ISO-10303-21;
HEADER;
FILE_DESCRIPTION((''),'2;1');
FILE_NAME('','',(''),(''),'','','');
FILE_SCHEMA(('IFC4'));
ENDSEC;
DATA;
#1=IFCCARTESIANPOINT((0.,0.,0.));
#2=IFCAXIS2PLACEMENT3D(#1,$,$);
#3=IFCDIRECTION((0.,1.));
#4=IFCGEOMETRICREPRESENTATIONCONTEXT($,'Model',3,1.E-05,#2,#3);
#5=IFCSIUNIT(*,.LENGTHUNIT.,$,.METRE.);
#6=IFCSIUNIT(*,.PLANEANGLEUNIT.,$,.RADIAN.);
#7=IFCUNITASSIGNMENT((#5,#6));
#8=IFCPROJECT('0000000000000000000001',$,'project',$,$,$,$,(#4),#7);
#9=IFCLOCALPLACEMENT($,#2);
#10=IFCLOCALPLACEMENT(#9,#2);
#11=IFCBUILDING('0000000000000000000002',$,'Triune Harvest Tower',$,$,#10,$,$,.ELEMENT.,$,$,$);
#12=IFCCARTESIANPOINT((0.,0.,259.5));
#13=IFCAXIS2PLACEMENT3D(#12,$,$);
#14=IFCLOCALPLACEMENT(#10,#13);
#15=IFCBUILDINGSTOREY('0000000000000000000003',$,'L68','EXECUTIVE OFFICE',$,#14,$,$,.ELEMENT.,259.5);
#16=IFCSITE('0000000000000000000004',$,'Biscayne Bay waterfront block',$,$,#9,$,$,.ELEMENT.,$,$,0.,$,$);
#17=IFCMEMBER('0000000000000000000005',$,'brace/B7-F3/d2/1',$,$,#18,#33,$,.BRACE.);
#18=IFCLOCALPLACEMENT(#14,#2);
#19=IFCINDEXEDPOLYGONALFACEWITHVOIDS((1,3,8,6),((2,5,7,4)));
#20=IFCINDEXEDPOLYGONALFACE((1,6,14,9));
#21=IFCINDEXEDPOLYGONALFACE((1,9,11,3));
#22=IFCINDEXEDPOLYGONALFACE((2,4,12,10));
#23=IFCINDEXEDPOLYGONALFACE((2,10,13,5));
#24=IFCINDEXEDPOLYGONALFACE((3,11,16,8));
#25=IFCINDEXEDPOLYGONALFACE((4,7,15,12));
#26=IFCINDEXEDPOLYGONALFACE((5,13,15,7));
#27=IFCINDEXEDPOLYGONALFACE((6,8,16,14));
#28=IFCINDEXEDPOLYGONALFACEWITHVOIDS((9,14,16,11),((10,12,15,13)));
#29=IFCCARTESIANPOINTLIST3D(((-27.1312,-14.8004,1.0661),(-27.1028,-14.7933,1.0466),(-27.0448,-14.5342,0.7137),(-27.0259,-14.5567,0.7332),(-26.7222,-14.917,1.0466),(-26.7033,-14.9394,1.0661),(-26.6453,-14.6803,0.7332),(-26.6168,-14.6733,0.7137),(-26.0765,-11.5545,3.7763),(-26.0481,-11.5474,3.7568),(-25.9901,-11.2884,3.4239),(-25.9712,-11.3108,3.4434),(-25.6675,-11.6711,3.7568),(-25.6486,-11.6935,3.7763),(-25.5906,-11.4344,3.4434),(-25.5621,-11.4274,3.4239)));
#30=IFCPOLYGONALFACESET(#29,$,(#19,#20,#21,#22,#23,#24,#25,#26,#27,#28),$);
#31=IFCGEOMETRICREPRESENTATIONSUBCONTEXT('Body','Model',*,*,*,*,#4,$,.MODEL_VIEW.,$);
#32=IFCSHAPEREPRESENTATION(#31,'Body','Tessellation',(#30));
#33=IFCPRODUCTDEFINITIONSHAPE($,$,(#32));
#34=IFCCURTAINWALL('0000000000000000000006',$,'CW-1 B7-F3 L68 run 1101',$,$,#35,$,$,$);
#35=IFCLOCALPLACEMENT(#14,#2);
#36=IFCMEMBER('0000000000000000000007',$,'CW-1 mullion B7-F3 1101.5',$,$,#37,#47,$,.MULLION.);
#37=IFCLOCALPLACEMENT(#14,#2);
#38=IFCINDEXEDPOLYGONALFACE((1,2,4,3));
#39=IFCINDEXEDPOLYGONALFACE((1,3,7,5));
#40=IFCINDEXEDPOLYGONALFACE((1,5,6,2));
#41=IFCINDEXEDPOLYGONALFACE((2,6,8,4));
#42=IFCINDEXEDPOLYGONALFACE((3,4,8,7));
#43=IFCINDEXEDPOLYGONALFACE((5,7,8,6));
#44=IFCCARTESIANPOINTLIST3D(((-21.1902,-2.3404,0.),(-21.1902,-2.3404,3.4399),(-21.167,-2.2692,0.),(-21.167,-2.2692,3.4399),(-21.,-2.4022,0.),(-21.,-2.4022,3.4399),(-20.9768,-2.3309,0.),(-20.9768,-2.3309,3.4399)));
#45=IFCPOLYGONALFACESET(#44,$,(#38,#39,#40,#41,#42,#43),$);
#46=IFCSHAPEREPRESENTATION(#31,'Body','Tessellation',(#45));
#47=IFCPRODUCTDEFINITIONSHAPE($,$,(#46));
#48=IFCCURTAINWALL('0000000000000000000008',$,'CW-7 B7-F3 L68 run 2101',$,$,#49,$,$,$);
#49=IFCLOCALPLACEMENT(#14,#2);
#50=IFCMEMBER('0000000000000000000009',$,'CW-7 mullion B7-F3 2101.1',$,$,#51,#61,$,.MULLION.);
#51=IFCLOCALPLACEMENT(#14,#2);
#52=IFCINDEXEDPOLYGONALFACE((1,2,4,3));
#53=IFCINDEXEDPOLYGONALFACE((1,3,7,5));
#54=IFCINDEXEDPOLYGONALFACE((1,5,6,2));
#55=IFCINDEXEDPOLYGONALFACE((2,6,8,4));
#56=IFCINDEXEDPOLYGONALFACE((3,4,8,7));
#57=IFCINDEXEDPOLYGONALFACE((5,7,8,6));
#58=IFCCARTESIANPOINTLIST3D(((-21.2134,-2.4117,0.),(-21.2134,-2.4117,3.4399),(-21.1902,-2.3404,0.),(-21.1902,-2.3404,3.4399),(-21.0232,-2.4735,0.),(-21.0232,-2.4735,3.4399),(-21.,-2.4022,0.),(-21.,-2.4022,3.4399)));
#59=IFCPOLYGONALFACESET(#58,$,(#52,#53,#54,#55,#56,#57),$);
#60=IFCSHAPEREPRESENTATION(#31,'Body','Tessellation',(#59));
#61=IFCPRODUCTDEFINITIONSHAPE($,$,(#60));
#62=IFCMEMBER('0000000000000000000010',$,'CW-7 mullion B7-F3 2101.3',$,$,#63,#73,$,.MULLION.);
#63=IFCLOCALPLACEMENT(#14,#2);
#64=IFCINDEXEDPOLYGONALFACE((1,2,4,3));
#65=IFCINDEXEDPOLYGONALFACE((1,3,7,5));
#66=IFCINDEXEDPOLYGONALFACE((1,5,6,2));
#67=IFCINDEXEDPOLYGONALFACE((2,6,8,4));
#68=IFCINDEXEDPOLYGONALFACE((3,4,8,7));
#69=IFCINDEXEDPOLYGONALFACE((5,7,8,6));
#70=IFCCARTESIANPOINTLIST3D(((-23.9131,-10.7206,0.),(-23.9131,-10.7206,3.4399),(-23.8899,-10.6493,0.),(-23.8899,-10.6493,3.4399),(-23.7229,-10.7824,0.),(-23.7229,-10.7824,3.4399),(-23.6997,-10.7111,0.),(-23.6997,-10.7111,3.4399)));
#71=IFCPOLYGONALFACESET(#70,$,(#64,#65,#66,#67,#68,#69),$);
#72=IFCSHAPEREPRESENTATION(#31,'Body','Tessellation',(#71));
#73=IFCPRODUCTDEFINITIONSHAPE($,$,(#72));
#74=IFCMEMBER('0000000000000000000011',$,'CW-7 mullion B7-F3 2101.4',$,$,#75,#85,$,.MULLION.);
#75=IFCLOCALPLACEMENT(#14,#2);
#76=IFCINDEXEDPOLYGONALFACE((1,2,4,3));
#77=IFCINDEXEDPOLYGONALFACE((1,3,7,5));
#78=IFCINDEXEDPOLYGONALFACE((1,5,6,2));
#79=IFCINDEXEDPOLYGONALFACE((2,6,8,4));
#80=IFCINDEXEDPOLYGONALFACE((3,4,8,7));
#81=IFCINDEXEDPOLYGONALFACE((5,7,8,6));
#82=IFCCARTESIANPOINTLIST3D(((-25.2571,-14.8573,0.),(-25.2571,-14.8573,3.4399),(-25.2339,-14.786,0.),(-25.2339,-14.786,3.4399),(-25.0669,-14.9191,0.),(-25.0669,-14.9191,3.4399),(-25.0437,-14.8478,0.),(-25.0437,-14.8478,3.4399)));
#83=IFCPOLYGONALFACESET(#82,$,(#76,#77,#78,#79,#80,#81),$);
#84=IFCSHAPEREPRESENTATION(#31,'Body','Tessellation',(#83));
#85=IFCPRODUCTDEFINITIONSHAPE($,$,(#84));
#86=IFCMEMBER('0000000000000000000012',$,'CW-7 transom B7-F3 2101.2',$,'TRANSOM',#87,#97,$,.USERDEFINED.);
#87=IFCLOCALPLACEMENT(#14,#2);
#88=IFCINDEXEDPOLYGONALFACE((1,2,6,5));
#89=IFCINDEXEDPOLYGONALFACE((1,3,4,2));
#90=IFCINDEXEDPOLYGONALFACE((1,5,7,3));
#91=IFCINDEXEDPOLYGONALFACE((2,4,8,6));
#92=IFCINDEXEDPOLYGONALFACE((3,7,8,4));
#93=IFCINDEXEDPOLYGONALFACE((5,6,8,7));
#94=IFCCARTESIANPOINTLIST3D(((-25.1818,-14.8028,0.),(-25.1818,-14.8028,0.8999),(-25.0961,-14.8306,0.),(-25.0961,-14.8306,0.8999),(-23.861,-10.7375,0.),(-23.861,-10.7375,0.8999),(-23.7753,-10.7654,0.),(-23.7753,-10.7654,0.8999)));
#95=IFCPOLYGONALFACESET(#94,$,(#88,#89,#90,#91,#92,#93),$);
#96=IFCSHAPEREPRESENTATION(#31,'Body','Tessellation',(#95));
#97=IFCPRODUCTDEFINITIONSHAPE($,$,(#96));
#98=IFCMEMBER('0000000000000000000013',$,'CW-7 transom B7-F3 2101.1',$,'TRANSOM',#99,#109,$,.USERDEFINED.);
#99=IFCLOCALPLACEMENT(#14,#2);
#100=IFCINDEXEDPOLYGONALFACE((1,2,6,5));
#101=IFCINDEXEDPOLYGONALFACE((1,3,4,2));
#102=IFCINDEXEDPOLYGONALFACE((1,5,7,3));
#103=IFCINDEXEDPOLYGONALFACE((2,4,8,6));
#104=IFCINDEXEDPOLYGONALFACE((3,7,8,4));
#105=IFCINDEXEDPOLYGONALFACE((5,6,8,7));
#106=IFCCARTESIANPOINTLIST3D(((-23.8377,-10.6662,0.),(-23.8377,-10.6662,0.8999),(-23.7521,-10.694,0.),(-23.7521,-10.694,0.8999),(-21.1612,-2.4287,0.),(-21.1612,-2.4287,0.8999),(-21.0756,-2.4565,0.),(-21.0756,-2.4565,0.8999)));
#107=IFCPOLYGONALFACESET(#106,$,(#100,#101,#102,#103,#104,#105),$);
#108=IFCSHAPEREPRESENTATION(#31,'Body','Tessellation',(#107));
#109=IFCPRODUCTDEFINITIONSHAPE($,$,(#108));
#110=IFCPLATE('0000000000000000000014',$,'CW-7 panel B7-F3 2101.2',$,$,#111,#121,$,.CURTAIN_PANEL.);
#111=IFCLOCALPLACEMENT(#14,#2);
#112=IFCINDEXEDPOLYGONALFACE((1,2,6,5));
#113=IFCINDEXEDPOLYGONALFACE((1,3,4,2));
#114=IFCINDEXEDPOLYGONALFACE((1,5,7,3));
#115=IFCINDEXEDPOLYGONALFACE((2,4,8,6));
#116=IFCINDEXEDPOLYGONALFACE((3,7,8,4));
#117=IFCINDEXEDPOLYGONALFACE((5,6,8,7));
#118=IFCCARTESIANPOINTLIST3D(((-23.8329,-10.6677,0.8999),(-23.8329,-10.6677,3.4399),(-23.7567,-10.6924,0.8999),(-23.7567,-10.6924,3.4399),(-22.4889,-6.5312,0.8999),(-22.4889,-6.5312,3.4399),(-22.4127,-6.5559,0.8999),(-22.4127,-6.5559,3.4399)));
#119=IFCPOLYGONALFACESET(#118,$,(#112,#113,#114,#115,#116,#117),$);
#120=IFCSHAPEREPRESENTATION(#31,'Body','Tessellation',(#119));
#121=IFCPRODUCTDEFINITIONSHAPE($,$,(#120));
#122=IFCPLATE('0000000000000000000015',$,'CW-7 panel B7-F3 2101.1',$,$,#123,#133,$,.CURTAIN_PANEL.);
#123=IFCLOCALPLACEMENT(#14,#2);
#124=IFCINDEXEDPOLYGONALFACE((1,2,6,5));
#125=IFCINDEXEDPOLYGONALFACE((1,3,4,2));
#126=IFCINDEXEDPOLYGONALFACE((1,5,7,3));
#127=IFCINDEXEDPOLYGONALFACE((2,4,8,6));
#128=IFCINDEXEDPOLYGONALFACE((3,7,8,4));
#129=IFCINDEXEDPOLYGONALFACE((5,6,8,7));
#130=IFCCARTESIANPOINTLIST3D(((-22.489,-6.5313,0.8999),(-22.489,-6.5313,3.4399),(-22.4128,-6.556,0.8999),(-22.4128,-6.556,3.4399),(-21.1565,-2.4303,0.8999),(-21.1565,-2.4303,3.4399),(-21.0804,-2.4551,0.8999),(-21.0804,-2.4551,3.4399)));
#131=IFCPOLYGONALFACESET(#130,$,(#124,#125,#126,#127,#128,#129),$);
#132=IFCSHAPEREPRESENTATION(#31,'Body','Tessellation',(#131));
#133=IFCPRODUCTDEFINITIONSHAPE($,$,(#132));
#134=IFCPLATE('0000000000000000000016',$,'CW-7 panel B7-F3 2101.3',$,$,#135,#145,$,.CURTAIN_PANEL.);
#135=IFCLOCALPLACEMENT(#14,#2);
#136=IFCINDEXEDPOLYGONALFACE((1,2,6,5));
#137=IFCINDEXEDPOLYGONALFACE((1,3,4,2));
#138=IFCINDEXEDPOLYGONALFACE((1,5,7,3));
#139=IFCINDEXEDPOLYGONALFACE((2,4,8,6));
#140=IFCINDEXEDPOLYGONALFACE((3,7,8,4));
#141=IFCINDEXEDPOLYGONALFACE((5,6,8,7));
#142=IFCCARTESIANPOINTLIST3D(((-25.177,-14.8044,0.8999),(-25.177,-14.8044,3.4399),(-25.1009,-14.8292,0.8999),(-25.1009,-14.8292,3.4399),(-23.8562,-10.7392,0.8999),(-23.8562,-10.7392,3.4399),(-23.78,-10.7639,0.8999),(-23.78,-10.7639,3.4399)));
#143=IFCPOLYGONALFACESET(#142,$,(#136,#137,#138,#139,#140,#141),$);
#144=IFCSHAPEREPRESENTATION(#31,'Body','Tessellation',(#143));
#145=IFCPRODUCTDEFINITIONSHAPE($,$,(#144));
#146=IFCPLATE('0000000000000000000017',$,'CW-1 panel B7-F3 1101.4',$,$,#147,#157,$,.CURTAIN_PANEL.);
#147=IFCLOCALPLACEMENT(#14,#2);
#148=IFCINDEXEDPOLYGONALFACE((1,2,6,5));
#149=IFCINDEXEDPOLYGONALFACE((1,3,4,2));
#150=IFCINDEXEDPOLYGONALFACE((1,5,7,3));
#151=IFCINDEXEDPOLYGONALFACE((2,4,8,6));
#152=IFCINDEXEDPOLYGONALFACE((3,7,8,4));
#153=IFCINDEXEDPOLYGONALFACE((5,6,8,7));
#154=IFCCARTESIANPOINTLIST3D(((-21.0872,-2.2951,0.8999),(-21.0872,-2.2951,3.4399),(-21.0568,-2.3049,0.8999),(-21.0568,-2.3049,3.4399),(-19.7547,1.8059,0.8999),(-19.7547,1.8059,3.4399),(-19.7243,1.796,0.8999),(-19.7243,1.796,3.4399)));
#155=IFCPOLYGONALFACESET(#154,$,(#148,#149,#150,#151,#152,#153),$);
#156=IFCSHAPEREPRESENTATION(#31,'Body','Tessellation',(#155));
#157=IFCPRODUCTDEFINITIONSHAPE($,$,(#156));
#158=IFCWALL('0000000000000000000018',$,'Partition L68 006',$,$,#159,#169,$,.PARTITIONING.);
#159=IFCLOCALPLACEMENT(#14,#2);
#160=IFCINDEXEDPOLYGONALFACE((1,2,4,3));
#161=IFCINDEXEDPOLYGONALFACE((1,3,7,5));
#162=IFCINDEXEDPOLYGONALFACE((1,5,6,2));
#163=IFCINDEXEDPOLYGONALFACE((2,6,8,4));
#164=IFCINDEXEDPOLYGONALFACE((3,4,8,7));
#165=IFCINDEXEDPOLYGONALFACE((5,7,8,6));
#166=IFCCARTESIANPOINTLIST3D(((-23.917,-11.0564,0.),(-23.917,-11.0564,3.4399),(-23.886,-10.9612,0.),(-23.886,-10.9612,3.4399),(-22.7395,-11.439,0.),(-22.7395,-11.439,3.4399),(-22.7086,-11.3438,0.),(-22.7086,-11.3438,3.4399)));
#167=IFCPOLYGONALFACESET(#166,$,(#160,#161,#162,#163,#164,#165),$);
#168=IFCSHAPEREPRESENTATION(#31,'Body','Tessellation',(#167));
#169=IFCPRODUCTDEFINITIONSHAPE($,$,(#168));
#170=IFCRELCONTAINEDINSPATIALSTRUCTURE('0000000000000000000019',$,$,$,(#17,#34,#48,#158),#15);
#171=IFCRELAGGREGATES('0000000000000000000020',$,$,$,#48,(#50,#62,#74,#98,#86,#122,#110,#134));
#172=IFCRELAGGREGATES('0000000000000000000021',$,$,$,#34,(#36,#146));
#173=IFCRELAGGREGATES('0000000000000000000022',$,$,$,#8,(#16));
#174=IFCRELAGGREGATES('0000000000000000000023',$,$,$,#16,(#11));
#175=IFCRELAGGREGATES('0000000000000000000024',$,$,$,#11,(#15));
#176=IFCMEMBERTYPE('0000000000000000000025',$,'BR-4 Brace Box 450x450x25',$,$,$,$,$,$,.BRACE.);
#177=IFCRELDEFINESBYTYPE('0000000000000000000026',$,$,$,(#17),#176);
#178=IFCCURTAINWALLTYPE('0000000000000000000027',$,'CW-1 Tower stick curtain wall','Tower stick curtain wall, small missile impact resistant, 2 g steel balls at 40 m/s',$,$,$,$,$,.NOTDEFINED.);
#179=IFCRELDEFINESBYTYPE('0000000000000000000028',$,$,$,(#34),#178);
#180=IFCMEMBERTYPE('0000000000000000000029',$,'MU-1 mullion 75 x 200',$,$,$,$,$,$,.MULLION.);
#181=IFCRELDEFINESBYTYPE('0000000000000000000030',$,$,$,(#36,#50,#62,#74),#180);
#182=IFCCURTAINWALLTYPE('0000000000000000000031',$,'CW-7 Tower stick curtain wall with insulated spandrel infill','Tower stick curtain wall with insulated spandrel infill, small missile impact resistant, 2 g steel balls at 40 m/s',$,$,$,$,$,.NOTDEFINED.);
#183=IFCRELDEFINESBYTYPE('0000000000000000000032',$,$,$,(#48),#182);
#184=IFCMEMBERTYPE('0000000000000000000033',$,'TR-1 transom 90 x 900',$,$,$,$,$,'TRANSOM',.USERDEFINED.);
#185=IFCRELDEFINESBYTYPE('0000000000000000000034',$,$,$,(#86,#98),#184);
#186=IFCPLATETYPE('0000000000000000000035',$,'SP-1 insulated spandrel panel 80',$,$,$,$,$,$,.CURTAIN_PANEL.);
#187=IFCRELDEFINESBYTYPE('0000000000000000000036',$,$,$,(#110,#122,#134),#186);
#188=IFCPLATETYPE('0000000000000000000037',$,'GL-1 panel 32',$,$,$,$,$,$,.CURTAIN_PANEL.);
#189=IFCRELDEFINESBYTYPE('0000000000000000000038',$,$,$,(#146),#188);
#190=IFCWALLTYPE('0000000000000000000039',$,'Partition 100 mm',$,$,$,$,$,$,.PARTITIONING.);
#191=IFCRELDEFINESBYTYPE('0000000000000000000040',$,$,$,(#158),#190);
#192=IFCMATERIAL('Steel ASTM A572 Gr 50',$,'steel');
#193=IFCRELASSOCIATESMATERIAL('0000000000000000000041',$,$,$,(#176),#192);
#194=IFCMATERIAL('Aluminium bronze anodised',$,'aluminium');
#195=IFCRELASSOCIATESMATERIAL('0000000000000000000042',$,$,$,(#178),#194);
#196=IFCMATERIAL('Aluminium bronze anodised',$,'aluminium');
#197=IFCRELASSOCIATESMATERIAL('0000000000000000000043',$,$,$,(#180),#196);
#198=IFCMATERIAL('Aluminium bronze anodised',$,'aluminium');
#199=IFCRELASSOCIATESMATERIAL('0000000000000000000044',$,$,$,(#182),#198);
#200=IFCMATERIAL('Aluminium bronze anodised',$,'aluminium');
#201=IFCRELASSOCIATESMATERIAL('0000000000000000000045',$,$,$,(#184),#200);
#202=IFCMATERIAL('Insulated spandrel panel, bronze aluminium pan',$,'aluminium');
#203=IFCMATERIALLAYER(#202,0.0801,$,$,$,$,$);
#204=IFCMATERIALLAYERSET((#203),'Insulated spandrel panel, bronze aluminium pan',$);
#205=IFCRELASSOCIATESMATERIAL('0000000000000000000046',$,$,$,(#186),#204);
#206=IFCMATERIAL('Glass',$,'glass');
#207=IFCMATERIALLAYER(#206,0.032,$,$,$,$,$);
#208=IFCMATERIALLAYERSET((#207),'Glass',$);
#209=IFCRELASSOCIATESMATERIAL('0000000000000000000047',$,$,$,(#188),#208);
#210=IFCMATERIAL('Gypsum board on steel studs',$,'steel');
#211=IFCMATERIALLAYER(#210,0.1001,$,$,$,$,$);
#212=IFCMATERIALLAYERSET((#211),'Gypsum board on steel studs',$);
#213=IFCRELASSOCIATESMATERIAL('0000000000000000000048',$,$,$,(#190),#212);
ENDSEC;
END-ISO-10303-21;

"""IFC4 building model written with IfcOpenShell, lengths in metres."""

from ifc_helpers import new_model, si_unit, direction, frame, frame_2d, origin, origin_2d, place, context, subcontext, project, spatial, rectangle, hollow_rectangle, extrude, source, transform, mapped, material, layer, layer_set, material_profile, profile_set, type_object, element, aggregate, save


model = new_model("IFC4")

# Units and contexts
model_context = context("Model", 3, precision=1e-05, world=origin(), true_north=direction((0.0, 1.0)))
body_context = subcontext(model_context, "Body", "Model", "MODEL_VIEW")
ifc_project = project(units=[si_unit("LENGTHUNIT", "METRE"), si_unit("PLANEANGLEUNIT", "RADIAN")], contexts=[model_context])

# Site, building, storey
site_placement = place(None, origin())
site = spatial("IfcSite", under=ifc_project, at=site_placement, Name="Biscayne Bay waterfront block", CompositionType="ELEMENT", RefElevation=0.0)
building_placement = place(site_placement, origin())
building = spatial("IfcBuilding", under=site, at=building_placement, Name="Triune Harvest Tower", CompositionType="ELEMENT")
storey_placement = place(building_placement, frame((0.0, 0.0, 259.5)))
storey = spatial("IfcBuildingStorey", under=building, at=storey_placement, Name="L68", Description="EXECUTIVE OFFICE", CompositionType="ELEMENT", Elevation=259.5)

# Member
ifc_material_1 = material(Name="Steel ASTM A572 Gr 50", Category="steel")
ifc_material_profile_1 = material_profile(ifc_material_1, hollow_rectangle(XDim=0.45, YDim=0.45, WallThickness=0.0249, at=origin_2d()), Name="Box 450x450x25")
ifc_profile_set_1 = profile_set([ifc_material_profile_1], Name="Steel ASTM A572 Gr 50")
member_type_1 = type_object("IfcMemberType", Name="BR-4 Brace Box 450x450x25", PredefinedType="BRACE", material=ifc_profile_set_1)
shared_shape_1 = source(origin(), body_context, "Body", "SweptSolid", [
    extrude(hollow_rectangle(XDim=0.45, YDim=0.45, WallThickness=0.0249, at=origin_2d()), origin(), (0.0, 0.0, 1.0), 4.3582),
])
member_1_placement = place(storey_placement, frame((-26.874, -14.7368, 0.8899), z_axis=(0.242006, 0.744784, 0.621876), x_axis=(-0.951052, 0.309029, 0.0)))
element("IfcMember", 1, at=member_1_placement, inside=storey, type_object=member_type_1, Name="brace/B7-F3/d2/1", PredefinedType="BRACE", context=body_context, shape_type="MappedRepresentation", body=[
    mapped(shared_shape_1, transform((0.0, 0.0, 0.0), scale=1.0)),
])

# Curtain wall, member
ifc_material_2 = material(Name="Aluminium bronze anodised", Category="aluminium")
curtain_wall_type_1 = type_object("IfcCurtainWallType", Name="CW-1 Tower stick curtain wall", Description="Tower stick curtain wall, small missile impact resistant, 2 g steel balls at 40 m/s", PredefinedType="NOTDEFINED", material=ifc_material_2)
curtain_wall_1_placement = place(storey_placement, origin())
curtain_wall_1 = element("IfcCurtainWall", 2, at=curtain_wall_1_placement, inside=storey, type_object=curtain_wall_type_1, Name="CW-1 B7-F3 L68 run 1101")
ifc_material_3 = material(Name="Aluminium bronze anodised", Category="aluminium")
ifc_material_profile_2 = material_profile(ifc_material_3, rectangle(XDim=0.2, YDim=0.075, at=origin_2d()), Name="MU-1 mullion 75 x 200")
ifc_profile_set_2 = profile_set([ifc_material_profile_2], Name="Aluminium bronze anodised")
member_type_2 = type_object("IfcMemberType", Name="MU-1 mullion 75 x 200", PredefinedType="MULLION", material=ifc_profile_set_2)
shared_shape_2 = source(origin(), body_context, "Body", "SweptSolid", [
    extrude(rectangle(XDim=0.2, YDim=0.075, at=origin_2d()), origin(), (0.0, 0.0, 1.0), 3.4399),
])
member_2_placement = place(storey_placement, frame((-21.0835, -2.3357, 0.0), z_axis=(0.0, 0.0, 1.0), x_axis=(0.951057, -0.309014, 0.0)))
member_2 = element("IfcMember", 3, at=member_2_placement, type_object=member_type_2, Name="CW-1 mullion B7-F3 1101.5", PredefinedType="MULLION", context=body_context, shape_type="MappedRepresentation", body=[
    mapped(shared_shape_2, transform((0.0, 0.0, 0.0), scale=1.0)),
])

# Curtain wall, members, plates
ifc_material_4 = material(Name="Aluminium bronze anodised", Category="aluminium")
curtain_wall_type_2 = type_object("IfcCurtainWallType", Name="CW-7 Tower stick curtain wall with insulated spandrel infill", Description="Tower stick curtain wall with insulated spandrel infill, small missile impact resistant, 2 g steel balls at 40 m/s", PredefinedType="NOTDEFINED", material=ifc_material_4)
curtain_wall_2_placement = place(storey_placement, origin())
curtain_wall_2 = element("IfcCurtainWall", 4, at=curtain_wall_2_placement, inside=storey, type_object=curtain_wall_type_2, Name="CW-7 B7-F3 L68 run 2101")
member_3_placement = place(storey_placement, frame((-21.1067, -2.407, 0.0), z_axis=(0.0, 0.0, 1.0), x_axis=(0.951058, -0.309013, 0.0)))
member_3 = element("IfcMember", 5, at=member_3_placement, type_object=member_type_2, Name="CW-7 mullion B7-F3 2101.1", PredefinedType="MULLION", context=body_context, shape_type="MappedRepresentation", body=[
    mapped(shared_shape_2, transform((0.0, 0.0, 0.0), scale=1.0)),
])
member_4_placement = place(storey_placement, frame((-23.8064, -10.7158, 0.0), z_axis=(0.0, 0.0, 1.0), x_axis=(0.951058, -0.309013, 0.0)))
member_4 = element("IfcMember", 6, at=member_4_placement, type_object=member_type_2, Name="CW-7 mullion B7-F3 2101.3", PredefinedType="MULLION", context=body_context, shape_type="MappedRepresentation", body=[
    mapped(shared_shape_2, transform((0.0, 0.0, 0.0), scale=1.0)),
])
member_5_placement = place(storey_placement, frame((-25.1504, -14.8525, 0.0), z_axis=(0.0, 0.0, 1.0), x_axis=(0.951058, -0.309013, 0.0)))
member_5 = element("IfcMember", 7, at=member_5_placement, type_object=member_type_2, Name="CW-7 mullion B7-F3 2101.4", PredefinedType="MULLION", context=body_context, shape_type="MappedRepresentation", body=[
    mapped(shared_shape_2, transform((0.0, 0.0, 0.0), scale=1.0)),
])
ifc_material_5 = material(Name="Aluminium bronze anodised", Category="aluminium")
ifc_material_profile_3 = material_profile(ifc_material_5, rectangle(XDim=0.0901, YDim=0.8999, at=origin_2d()), Name="TR-1 transom 90 x 900")
ifc_profile_set_3 = profile_set([ifc_material_profile_3], Name="Aluminium bronze anodised")
member_type_3 = type_object("IfcMemberType", Name="TR-1 transom 90 x 900", ElementType="TRANSOM", PredefinedType="USERDEFINED", material=ifc_profile_set_3)
shared_shape_3 = source(origin(), body_context, "Body", "SweptSolid", [
    extrude(rectangle(XDim=0.0901, YDim=0.8999, at=origin_2d()), origin(), (0.0, 0.0, 1.0), 4.2744),
])
member_6_placement = place(storey_placement, frame((-23.8181, -10.7515, 0.45), z_axis=(-0.309005, -0.951061, 0.0), x_axis=(0.951061, -0.309005, 0.0)))
member_6 = element("IfcMember", 8, at=member_6_placement, type_object=member_type_3, Name="CW-7 transom B7-F3 2101.2", ObjectType="TRANSOM", PredefinedType="USERDEFINED", context=body_context, shape_type="MappedRepresentation", body=[
    mapped(shared_shape_3, transform((0.0, 0.0, 0.0), scale=1.0)),
])
shared_shape_4 = source(origin(), body_context, "Body", "SweptSolid", [
    extrude(rectangle(XDim=0.0901, YDim=0.8999, at=origin_2d()), origin(), (0.0, 0.0, 1.0), 8.6614),
])
member_7_placement = place(storey_placement, frame((-21.1184, -2.4426, 0.45), z_axis=(-0.309014, -0.951057, 0.0), x_axis=(0.951057, -0.309014, 0.0)))
member_7 = element("IfcMember", 9, at=member_7_placement, type_object=member_type_3, Name="CW-7 transom B7-F3 2101.1", ObjectType="TRANSOM", PredefinedType="USERDEFINED", context=body_context, shape_type="MappedRepresentation", body=[
    mapped(shared_shape_4, transform((0.0, 0.0, 0.0), scale=1.0)),
])
ifc_material_6 = material(Name="Insulated spandrel panel, bronze aluminium pan", Category="aluminium")
ifc_layer_1 = layer(ifc_material_6, 0.0801)
ifc_layer_set_1 = layer_set([ifc_layer_1], Name="Insulated spandrel panel, bronze aluminium pan")
plate_type_1 = type_object("IfcPlateType", Name="SP-1 insulated spandrel panel 80", PredefinedType="CURTAIN_PANEL", material=ifc_layer_set_1)
shared_shape_5 = source(origin(), body_context, "Body", "SweptSolid", [
    extrude(rectangle(XDim=4.3494, YDim=0.0801, at=origin_2d()), origin(), (0.0, 0.0, 1.0), 2.54),
])
plate_1_placement = place(storey_placement, frame((-23.1228, -8.6118, 0.8999), z_axis=(0.0, 0.0, 1.0), x_axis=(-0.309013, -0.951058, 0.0)))
plate_1 = element("IfcPlate", 10, at=plate_1_placement, type_object=plate_type_1, Name="CW-7 panel B7-F3 2101.2", PredefinedType="CURTAIN_PANEL", context=body_context, shape_type="MappedRepresentation", body=[
    mapped(shared_shape_5, transform((0.0, 0.0, 0.0), scale=1.0)),
])
shared_shape_6 = source(origin(), body_context, "Body", "SweptSolid", [
    extrude(rectangle(XDim=4.312, YDim=0.0801, at=origin_2d()), origin(), (0.0, 0.0, 1.0), 2.54),
])
plate_2_placement = place(storey_placement, frame((-21.7847, -4.4932, 0.8999), z_axis=(0.0, 0.0, 1.0), x_axis=(-0.309013, -0.951058, 0.0)))
plate_2 = element("IfcPlate", 11, at=plate_2_placement, type_object=plate_type_1, Name="CW-7 panel B7-F3 2101.1", PredefinedType="CURTAIN_PANEL", context=body_context, shape_type="MappedRepresentation", body=[
    mapped(shared_shape_6, transform((0.0, 0.0, 0.0), scale=1.0)),
])
shared_shape_7 = source(origin(), body_context, "Body", "SweptSolid", [
    extrude(rectangle(XDim=4.2744, YDim=0.0801, at=origin_2d()), origin(), (0.0, 0.0, 1.0), 2.54),
])
plate_3_placement = place(storey_placement, frame((-24.4785, -12.7842, 0.8999), z_axis=(0.0, 0.0, 1.0), x_axis=(-0.309013, -0.951058, 0.0)))
plate_3 = element("IfcPlate", 12, at=plate_3_placement, type_object=plate_type_1, Name="CW-7 panel B7-F3 2101.3", PredefinedType="CURTAIN_PANEL", context=body_context, shape_type="MappedRepresentation", body=[
    mapped(shared_shape_7, transform((0.0, 0.0, 0.0), scale=1.0)),
])
aggregate(curtain_wall_2, [member_3, member_4, member_5, member_7, member_6, plate_2, plate_1, plate_3])

# Plate
ifc_material_7 = material(Name="Glass", Category="glass")
ifc_layer_2 = layer(ifc_material_7, 0.032)
ifc_layer_set_2 = layer_set([ifc_layer_2], Name="Glass")
plate_type_2 = type_object("IfcPlateType", Name="GL-1 panel 32", PredefinedType="CURTAIN_PANEL", material=ifc_layer_set_2)
shared_shape_8 = source(origin(), body_context, "Body", "SweptSolid", [
    extrude(rectangle(XDim=4.312, YDim=0.032, at=origin_2d()), origin(), (0.0, 0.0, 1.0), 2.54),
])
plate_4_placement = place(storey_placement, frame((-20.4058, -0.2495, 0.8999), z_axis=(0.0, 0.0, 1.0), x_axis=(-0.309014, -0.951057, 0.0)))
plate_4 = element("IfcPlate", 13, at=plate_4_placement, type_object=plate_type_2, Name="CW-1 panel B7-F3 1101.4", PredefinedType="CURTAIN_PANEL", context=body_context, shape_type="MappedRepresentation", body=[
    mapped(shared_shape_8, transform((0.0, 0.0, 0.0), scale=1.0)),
])
aggregate(curtain_wall_1, [member_2, plate_4])

# Wall
ifc_material_8 = material(Name="Gypsum board on steel studs", Category="steel")
ifc_layer_3 = layer(ifc_material_8, 0.1001)
ifc_layer_set_3 = layer_set([ifc_layer_3], Name="Gypsum board on steel studs")
wall_type = type_object("IfcWallType", Name="Partition 100 mm", PredefinedType="PARTITIONING", material=ifc_layer_set_3)
wall_1_placement = place(storey_placement, frame((-23.9016, -11.0088, 0.0), z_axis=(0.0, 0.0, 1.0), x_axis=(0.951062, -0.309001, 0.0)))
element("IfcWall", 14, at=wall_1_placement, inside=storey, type_object=wall_type, Name="Partition L68 006", PredefinedType="PARTITIONING", context=body_context, shape_type="SweptSolid", body=[
    extrude(rectangle(XDim=1.238, YDim=0.1001, at=frame_2d((0.6191, 0.0))), origin(), (0.0, 0.0, 1.0), 3.4399),
])

save(model, "model.ifc")
